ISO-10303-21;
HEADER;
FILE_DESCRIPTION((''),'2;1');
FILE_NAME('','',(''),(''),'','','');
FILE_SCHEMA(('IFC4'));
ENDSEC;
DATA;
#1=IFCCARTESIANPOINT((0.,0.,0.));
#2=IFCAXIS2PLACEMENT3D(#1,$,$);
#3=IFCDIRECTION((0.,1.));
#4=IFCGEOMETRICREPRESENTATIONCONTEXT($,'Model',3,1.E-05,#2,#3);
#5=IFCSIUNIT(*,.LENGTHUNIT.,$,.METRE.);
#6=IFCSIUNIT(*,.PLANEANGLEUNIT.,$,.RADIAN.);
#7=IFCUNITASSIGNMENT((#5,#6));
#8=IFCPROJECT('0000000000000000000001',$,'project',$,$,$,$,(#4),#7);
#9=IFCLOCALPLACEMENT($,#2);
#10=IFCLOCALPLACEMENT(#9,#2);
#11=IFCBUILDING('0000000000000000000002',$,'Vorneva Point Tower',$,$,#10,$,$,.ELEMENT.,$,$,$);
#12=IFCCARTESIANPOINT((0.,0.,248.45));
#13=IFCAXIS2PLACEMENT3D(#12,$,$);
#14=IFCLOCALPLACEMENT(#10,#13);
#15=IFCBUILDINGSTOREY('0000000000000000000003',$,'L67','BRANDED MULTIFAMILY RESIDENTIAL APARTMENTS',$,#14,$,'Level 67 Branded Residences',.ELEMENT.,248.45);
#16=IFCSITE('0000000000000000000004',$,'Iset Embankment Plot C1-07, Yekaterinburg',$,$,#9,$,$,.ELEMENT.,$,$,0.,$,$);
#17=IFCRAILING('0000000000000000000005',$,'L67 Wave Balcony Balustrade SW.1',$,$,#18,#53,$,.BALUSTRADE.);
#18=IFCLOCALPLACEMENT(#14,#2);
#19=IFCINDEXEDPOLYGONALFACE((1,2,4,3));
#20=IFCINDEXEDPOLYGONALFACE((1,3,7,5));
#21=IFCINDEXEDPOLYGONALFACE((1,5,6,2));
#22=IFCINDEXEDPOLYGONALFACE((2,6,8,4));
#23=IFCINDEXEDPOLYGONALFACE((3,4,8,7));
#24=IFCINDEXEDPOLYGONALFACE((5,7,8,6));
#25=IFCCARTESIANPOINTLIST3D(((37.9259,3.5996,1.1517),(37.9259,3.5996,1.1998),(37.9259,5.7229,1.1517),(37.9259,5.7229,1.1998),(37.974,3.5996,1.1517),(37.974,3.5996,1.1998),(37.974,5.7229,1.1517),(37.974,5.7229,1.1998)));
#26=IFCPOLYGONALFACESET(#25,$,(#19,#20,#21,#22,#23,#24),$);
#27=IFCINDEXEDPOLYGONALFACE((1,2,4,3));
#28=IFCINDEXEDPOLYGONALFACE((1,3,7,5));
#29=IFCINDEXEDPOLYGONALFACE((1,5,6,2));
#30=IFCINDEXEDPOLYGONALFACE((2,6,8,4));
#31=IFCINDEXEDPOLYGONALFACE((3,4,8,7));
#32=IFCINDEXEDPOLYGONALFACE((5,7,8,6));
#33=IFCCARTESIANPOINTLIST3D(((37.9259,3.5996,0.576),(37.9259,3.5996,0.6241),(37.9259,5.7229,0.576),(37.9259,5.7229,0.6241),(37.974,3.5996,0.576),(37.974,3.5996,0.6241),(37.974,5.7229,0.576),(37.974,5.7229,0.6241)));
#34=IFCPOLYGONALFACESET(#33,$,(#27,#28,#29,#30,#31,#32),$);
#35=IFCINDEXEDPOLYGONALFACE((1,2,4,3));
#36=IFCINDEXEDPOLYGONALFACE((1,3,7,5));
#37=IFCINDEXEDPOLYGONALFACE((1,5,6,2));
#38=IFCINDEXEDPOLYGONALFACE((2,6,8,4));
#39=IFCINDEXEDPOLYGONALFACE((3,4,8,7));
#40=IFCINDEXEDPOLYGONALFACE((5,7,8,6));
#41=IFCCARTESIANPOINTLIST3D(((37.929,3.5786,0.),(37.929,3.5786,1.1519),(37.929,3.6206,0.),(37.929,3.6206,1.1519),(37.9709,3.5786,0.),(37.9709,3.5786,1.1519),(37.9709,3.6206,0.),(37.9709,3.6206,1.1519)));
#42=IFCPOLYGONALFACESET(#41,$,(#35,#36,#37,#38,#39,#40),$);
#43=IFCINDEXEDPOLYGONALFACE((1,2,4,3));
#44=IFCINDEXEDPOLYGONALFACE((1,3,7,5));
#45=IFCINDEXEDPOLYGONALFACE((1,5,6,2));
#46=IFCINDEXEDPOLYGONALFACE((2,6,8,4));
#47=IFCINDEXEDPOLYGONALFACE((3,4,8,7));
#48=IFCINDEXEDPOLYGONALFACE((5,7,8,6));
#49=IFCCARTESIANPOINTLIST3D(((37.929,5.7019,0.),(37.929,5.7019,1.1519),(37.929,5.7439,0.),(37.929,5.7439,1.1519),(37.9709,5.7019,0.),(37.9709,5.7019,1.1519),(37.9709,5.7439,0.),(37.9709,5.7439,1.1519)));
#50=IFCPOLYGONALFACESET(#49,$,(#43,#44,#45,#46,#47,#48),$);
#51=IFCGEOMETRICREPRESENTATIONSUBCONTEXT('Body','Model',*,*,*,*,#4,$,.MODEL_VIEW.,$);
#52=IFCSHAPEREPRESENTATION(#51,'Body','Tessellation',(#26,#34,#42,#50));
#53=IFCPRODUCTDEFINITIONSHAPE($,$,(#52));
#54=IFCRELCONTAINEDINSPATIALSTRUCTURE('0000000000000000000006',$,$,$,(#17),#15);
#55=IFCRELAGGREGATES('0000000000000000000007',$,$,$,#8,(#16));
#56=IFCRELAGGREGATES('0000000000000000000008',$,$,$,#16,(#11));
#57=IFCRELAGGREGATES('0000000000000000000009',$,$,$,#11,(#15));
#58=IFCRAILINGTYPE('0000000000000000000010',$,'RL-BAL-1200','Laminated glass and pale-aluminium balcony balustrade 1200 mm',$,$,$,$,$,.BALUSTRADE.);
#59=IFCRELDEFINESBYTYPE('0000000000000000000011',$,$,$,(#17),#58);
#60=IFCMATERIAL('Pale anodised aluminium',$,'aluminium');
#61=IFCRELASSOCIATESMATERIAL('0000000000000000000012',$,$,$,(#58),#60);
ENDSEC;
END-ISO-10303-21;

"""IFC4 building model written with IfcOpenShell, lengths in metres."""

from ifc_helpers import new_model, si_unit, direction, frame, origin, origin_2d, place, context, subcontext, project, spatial, rectangle, extrude, material, type_object, element, save


model = new_model("IFC4")

# Units and contexts
model_context = context("Model", 3, precision=1e-05, world=origin(), true_north=direction((0.0, 1.0)))
body_context = subcontext(model_context, "Body", "Model", "MODEL_VIEW")
ifc_project = project(units=[si_unit("LENGTHUNIT", "METRE"), si_unit("PLANEANGLEUNIT", "RADIAN")], contexts=[model_context])

# Site, building, storey
site_placement = place(None, origin())
site = spatial("IfcSite", under=ifc_project, at=site_placement, Name="Iset Embankment Plot C1-07, Yekaterinburg", CompositionType="ELEMENT", RefElevation=0.0)
building_placement = place(site_placement, origin())
building = spatial("IfcBuilding", under=site, at=building_placement, Name="Vorneva Point Tower", CompositionType="ELEMENT")
storey_placement = place(building_placement, frame((0.0, 0.0, 248.45)))
storey = spatial("IfcBuildingStorey", under=building, at=storey_placement, Name="L67", Description="BRANDED MULTIFAMILY RESIDENTIAL APARTMENTS", LongName="Level 67 Branded Residences", CompositionType="ELEMENT", Elevation=248.45)

# Shared definitions
ifc_material_1 = material(Name="Pale anodised aluminium", Category="aluminium")

# Railing
railing_type = type_object("IfcRailingType", Name="RL-BAL-1200", Description="Laminated glass and pale-aluminium balcony balustrade 1200 mm", PredefinedType="BALUSTRADE", material=ifc_material_1)
railing_placement = place(storey_placement, frame((37.95, 3.5996, 0.0)))
element("IfcRailing", 1, at=railing_placement, inside=storey, type_object=railing_type, Name="L67 Wave Balcony Balustrade SW.1", PredefinedType="BALUSTRADE", context=body_context, shape_type="SweptSolid", body=[
    extrude(rectangle(XDim=0.0481, YDim=0.0481, at=origin_2d()), frame((0.0, 0.0, 1.1758), z_axis=(0.0, 1.0, 0.0), x_axis=(-1.0, 0.0, 0.0)), (0.0, 0.0, 1.0), 2.1233),
    extrude(rectangle(XDim=0.0481, YDim=0.0481, at=origin_2d()), frame((0.0, 0.0, 0.6001), z_axis=(0.0, 1.0, 0.0), x_axis=(-1.0, 0.0, 0.0)), (0.0, 0.0, 1.0), 2.1233),
    extrude(rectangle(XDim=0.042, YDim=0.042, at=origin_2d()), origin(), (0.0, 0.0, 1.0), 1.1519),
    extrude(rectangle(XDim=0.042, YDim=0.042, at=origin_2d()), frame((0.0, 2.1233, 0.0)), (0.0, 0.0, 1.0), 1.1519),
])

save(model, "model.ifc")
